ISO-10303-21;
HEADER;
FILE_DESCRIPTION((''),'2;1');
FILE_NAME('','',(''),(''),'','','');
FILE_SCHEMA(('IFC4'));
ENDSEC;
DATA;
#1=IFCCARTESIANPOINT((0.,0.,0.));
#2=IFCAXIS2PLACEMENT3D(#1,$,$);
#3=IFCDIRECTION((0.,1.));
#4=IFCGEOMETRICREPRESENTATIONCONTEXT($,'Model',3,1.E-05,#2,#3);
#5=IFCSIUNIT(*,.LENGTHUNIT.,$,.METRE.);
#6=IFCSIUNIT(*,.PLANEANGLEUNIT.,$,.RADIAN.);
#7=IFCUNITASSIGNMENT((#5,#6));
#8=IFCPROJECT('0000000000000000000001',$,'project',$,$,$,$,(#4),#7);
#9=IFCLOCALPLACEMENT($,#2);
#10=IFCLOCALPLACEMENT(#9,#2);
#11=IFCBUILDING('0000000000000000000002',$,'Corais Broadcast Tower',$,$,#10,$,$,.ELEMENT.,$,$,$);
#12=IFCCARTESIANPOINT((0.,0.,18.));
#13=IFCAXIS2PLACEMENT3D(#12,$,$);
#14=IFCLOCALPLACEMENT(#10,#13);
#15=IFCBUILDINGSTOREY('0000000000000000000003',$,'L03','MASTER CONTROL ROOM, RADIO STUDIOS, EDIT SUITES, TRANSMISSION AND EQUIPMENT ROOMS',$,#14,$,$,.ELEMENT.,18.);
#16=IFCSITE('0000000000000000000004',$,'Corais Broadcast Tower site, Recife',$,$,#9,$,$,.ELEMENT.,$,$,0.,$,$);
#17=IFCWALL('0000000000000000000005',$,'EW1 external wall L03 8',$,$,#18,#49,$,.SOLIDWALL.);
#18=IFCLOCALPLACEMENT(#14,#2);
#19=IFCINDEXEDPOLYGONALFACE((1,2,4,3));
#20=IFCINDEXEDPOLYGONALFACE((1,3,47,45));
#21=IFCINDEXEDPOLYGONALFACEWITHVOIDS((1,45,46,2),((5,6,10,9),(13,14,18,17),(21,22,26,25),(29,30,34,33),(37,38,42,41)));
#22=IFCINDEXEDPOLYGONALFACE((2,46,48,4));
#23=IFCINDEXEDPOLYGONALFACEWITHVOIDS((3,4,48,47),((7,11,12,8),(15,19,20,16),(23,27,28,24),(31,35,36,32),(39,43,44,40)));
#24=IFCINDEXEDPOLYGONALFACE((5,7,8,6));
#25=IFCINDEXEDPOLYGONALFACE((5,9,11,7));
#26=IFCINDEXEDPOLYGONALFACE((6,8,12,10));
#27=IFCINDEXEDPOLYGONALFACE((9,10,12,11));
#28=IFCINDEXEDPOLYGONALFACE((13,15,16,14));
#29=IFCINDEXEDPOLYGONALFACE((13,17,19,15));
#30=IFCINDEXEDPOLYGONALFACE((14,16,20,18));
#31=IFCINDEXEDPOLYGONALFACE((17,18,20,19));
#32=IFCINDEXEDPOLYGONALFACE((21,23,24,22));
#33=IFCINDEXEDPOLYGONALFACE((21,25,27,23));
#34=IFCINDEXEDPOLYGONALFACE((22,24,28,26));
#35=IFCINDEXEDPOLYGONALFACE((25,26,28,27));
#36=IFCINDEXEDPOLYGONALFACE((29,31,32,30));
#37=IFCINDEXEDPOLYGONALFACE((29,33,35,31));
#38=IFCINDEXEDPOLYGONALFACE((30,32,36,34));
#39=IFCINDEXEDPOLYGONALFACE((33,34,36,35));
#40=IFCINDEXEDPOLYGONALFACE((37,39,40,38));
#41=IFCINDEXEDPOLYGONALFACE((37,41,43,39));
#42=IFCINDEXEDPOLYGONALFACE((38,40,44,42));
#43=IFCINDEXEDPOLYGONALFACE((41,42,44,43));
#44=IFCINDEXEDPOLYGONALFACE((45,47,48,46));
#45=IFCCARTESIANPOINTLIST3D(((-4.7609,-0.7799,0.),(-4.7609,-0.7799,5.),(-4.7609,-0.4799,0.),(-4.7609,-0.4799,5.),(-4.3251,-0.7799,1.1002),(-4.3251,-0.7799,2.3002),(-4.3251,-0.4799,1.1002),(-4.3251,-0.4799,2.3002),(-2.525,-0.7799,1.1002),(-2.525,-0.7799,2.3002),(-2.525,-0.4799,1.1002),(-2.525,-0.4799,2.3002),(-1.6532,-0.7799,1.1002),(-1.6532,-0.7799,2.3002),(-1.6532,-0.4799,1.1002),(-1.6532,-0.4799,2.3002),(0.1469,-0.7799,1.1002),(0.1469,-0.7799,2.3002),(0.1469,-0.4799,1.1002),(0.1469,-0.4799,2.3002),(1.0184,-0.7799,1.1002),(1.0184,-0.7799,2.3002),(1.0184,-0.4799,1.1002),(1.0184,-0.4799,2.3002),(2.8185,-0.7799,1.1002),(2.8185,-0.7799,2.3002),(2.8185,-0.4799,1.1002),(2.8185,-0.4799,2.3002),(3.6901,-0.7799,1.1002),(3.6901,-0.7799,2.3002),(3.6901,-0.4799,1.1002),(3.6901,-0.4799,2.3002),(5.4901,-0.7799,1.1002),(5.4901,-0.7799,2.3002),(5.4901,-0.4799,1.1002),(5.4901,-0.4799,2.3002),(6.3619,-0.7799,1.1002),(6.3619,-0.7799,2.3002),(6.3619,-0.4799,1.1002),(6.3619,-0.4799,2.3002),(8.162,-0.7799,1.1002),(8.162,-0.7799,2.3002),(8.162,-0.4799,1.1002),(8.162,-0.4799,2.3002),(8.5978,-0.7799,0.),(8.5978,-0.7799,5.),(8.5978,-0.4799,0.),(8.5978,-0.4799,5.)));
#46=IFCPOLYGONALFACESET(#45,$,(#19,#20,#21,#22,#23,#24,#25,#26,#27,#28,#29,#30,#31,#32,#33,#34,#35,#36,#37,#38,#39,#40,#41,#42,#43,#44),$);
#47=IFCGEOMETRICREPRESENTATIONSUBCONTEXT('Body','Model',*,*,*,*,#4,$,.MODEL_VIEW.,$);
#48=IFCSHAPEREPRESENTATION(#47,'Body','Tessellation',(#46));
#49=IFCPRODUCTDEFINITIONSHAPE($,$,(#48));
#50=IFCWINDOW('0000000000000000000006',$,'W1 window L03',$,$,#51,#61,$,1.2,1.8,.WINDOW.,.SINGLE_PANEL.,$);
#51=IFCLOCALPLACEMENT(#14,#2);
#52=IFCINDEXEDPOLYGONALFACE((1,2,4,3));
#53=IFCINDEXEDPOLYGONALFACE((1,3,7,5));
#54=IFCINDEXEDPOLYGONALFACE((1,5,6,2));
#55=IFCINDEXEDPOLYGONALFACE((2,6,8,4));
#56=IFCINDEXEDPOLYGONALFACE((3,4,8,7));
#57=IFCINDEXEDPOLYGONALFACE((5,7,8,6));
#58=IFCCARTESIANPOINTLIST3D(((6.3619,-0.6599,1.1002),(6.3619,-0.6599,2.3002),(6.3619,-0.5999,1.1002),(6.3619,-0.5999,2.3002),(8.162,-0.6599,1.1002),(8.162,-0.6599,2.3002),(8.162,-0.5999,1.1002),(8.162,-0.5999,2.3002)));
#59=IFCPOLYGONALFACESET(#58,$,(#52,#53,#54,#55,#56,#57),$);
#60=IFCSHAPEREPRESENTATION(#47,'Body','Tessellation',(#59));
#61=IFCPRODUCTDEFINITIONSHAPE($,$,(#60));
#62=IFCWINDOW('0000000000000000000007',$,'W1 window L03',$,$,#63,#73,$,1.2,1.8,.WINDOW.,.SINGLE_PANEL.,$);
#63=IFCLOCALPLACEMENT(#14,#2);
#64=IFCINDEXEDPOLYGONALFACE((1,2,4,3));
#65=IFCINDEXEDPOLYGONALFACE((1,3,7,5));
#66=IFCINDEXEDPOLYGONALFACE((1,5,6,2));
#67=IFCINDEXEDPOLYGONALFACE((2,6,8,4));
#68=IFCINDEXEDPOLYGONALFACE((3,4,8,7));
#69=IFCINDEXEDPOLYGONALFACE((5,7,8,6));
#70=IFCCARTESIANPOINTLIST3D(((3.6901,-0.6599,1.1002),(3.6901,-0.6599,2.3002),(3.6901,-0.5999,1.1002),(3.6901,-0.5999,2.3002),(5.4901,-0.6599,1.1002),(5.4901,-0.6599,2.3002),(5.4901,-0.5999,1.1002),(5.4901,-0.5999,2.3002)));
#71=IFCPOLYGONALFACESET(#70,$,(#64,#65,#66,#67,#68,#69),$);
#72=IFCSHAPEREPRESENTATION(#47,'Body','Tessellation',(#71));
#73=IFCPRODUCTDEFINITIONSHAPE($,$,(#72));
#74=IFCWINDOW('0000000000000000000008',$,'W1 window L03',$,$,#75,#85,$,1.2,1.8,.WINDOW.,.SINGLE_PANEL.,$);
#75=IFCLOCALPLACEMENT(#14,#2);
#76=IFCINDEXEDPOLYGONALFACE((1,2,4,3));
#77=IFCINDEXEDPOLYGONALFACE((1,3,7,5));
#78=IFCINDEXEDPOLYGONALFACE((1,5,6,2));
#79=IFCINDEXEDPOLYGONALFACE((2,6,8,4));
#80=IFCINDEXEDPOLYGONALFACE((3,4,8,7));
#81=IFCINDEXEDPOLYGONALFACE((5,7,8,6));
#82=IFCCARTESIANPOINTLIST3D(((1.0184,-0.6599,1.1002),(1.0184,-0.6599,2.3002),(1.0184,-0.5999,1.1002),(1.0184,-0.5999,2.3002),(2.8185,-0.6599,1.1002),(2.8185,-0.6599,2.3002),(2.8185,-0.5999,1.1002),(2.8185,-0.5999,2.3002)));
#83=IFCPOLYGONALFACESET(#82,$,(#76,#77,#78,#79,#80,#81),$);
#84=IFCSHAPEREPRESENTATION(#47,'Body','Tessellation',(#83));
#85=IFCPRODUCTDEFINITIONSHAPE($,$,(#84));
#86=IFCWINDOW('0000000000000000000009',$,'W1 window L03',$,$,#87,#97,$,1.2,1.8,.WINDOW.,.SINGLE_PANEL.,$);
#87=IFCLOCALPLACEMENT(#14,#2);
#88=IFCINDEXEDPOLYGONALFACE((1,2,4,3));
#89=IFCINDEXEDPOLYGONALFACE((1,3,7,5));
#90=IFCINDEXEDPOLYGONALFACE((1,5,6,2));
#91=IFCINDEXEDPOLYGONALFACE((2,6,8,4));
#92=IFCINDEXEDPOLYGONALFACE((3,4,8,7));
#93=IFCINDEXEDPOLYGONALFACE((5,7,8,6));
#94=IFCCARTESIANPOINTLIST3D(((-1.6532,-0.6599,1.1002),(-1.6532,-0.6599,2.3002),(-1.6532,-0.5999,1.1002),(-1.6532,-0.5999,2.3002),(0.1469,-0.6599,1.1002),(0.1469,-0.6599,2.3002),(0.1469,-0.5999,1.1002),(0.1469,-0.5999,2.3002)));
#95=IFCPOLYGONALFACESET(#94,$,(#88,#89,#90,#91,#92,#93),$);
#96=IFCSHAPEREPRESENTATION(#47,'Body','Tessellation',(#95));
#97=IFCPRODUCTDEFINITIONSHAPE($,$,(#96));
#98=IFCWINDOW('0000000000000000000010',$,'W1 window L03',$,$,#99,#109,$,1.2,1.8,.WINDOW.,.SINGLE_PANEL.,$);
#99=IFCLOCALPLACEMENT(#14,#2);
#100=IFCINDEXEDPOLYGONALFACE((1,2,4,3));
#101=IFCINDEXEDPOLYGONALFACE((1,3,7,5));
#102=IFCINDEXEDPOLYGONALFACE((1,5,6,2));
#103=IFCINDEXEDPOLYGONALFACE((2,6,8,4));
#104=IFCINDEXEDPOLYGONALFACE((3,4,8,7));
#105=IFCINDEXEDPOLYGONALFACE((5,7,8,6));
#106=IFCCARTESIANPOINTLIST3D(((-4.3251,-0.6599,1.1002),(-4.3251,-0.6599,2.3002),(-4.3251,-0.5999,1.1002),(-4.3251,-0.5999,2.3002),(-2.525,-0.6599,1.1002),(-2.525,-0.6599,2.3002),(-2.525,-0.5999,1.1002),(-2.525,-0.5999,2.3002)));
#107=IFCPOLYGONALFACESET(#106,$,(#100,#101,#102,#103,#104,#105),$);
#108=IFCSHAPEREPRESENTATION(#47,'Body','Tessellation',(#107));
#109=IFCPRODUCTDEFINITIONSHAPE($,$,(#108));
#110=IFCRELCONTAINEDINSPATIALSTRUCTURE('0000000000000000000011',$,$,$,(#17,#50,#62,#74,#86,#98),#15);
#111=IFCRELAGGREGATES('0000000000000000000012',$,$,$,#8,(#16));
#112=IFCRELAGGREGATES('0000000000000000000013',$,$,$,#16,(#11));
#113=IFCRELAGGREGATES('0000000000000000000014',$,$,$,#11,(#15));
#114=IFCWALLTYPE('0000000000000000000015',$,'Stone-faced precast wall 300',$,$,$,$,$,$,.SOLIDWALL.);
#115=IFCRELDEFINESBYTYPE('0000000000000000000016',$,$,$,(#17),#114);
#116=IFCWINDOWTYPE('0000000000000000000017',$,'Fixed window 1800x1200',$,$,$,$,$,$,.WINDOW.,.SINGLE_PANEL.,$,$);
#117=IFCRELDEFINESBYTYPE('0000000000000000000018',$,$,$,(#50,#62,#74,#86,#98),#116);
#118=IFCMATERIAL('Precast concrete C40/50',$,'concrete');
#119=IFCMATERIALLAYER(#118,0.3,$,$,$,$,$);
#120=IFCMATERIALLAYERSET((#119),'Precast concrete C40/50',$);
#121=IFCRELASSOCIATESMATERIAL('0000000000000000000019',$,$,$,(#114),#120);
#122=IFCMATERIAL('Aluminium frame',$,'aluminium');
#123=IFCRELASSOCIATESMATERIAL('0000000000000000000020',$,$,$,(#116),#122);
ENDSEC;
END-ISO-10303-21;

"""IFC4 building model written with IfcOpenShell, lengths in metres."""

from ifc_helpers import new_model, si_unit, direction, frame, frame_2d, origin, place, context, subcontext, project, spatial, rectangle, extrude, material, layer, layer_set, type_object, element, fill, save


model = new_model("IFC4")

# Units and contexts
model_context = context("Model", 3, precision=1e-05, world=origin(), true_north=direction((0.0, 1.0)))
body_context = subcontext(model_context, "Body", "Model", "MODEL_VIEW")
ifc_project = project(units=[si_unit("LENGTHUNIT", "METRE"), si_unit("PLANEANGLEUNIT", "RADIAN")], contexts=[model_context])

# Site, building, storey
site_placement = place(None, origin())
site = spatial("IfcSite", under=ifc_project, at=site_placement, Name="Corais Broadcast Tower site, Recife", CompositionType="ELEMENT", RefElevation=0.0)
building_placement = place(site_placement, origin())
building = spatial("IfcBuilding", under=site, at=building_placement, Name="Corais Broadcast Tower", CompositionType="ELEMENT")
storey_placement = place(building_placement, frame((0.0, 0.0, 18.0)))
storey = spatial("IfcBuildingStorey", under=building, at=storey_placement, Name="L03", Description="MASTER CONTROL ROOM, RADIO STUDIOS, EDIT SUITES, TRANSMISSION AND EQUIPMENT ROOMS", CompositionType="ELEMENT", Elevation=18.0)

# Wall, openings, windows
ifc_material_1 = material(Name="Precast concrete C40/50", Category="concrete")
ifc_layer_1 = layer(ifc_material_1, 0.3)
ifc_layer_set_1 = layer_set([ifc_layer_1], Name="Precast concrete C40/50")
wall_type_1 = type_object("IfcWallType", Name="Stone-faced precast wall 300", PredefinedType="SOLIDWALL", material=ifc_layer_set_1)
wall_1_placement = place(storey_placement, frame((8.5977, -0.6299, 0.0), z_axis=(0.0, 0.0, 1.0), x_axis=(-1.0, 0.0, 0.0)))
wall_1 = element("IfcWall", 1, at=wall_1_placement, inside=storey, type_object=wall_type_1, Name="EW1 external wall L03 8", PredefinedType="SOLIDWALL", context=body_context, shape_type="SweptSolid", body=[
    extrude(rectangle(XDim=13.3586, YDim=0.3, at=frame_2d((6.6792, 0.0))), origin(), (0.0, 0.0, 1.0), 5.0),
])
opening_1_placement = place(wall_1_placement, frame((0.4358, 0.0, 1.1001)))
opening_1 = element("IfcOpeningElement", 2, at=opening_1_placement, cuts=wall_1, PredefinedType="OPENING", context=body_context, shape_type="SweptSolid", body=[
    extrude(rectangle(XDim=1.8, YDim=1.2, at=frame_2d((0.8999, 0.6001))), frame((0.0, 0.1599, 0.0), z_axis=(0.0, -1.0, 0.0), x_axis=(1.0, 0.0, 0.0)), (0.0, 0.0, 1.0), 0.3201),
])
opening_2_placement = place(wall_1_placement, frame((3.1077, 0.0, 1.1001)))
opening_2 = element("IfcOpeningElement", 3, at=opening_2_placement, cuts=wall_1, PredefinedType="OPENING", context=body_context, shape_type="SweptSolid", body=[
    extrude(rectangle(XDim=1.8, YDim=1.2, at=frame_2d((0.8999, 0.6001))), frame((0.0, 0.1599, 0.0), z_axis=(0.0, -1.0, 0.0), x_axis=(1.0, 0.0, 0.0)), (0.0, 0.0, 1.0), 0.3201),
])
opening_3_placement = place(wall_1_placement, frame((5.7793, 0.0, 1.1001)))
opening_3 = element("IfcOpeningElement", 4, at=opening_3_placement, cuts=wall_1, PredefinedType="OPENING", context=body_context, shape_type="SweptSolid", body=[
    extrude(rectangle(XDim=1.8, YDim=1.2, at=frame_2d((0.8999, 0.6001))), frame((0.0, 0.1599, 0.0), z_axis=(0.0, -1.0, 0.0), x_axis=(1.0, 0.0, 0.0)), (0.0, 0.0, 1.0), 0.3201),
])
opening_4_placement = place(wall_1_placement, frame((8.4509, 0.0, 1.1001)))
opening_4 = element("IfcOpeningElement", 5, at=opening_4_placement, cuts=wall_1, PredefinedType="OPENING", context=body_context, shape_type="SweptSolid", body=[
    extrude(rectangle(XDim=1.8, YDim=1.2, at=frame_2d((0.8999, 0.6001))), frame((0.0, 0.1599, 0.0), z_axis=(0.0, -1.0, 0.0), x_axis=(1.0, 0.0, 0.0)), (0.0, 0.0, 1.0), 0.3201),
])
opening_5_placement = place(wall_1_placement, frame((11.1228, 0.0, 1.1001)))
opening_5 = element("IfcOpeningElement", 6, at=opening_5_placement, cuts=wall_1, PredefinedType="OPENING", context=body_context, shape_type="SweptSolid", body=[
    extrude(rectangle(XDim=1.8, YDim=1.2, at=frame_2d((0.8999, 0.6001))), frame((0.0, 0.1599, 0.0), z_axis=(0.0, -1.0, 0.0), x_axis=(1.0, 0.0, 0.0)), (0.0, 0.0, 1.0), 0.3201),
])
ifc_material_2 = material(Name="Aluminium frame", Category="aluminium")
window_type = type_object("IfcWindowType", Name="Fixed window 1800x1200", PartitioningType="SINGLE_PANEL", PredefinedType="WINDOW", material=ifc_material_2)
window_1_placement = place(opening_1_placement, origin())
window_1 = element("IfcWindow", 7, at=window_1_placement, inside=storey, type_object=window_type, Name="W1 window L03", OverallHeight=1.2, OverallWidth=1.8, PartitioningType="SINGLE_PANEL", PredefinedType="WINDOW", context=body_context, shape_type="SweptSolid", body=[
    extrude(rectangle(XDim=1.8, YDim=1.2, at=frame_2d((0.8999, 0.6001))), frame((0.0, 0.03, 0.0), z_axis=(0.0, -1.0, 0.0), x_axis=(1.0, 0.0, 0.0)), (0.0, 0.0, 1.0), 0.0601),
])
fill(opening_1, window_1)
window_2_placement = place(opening_2_placement, origin())
window_2 = element("IfcWindow", 8, at=window_2_placement, inside=storey, type_object=window_type, Name="W1 window L03", OverallHeight=1.2, OverallWidth=1.8, PartitioningType="SINGLE_PANEL", PredefinedType="WINDOW", context=body_context, shape_type="SweptSolid", body=[
    extrude(rectangle(XDim=1.8, YDim=1.2, at=frame_2d((0.8999, 0.6001))), frame((0.0, 0.03, 0.0), z_axis=(0.0, -1.0, 0.0), x_axis=(1.0, 0.0, 0.0)), (0.0, 0.0, 1.0), 0.0601),
])
fill(opening_2, window_2)
window_3_placement = place(opening_3_placement, origin())
window_3 = element("IfcWindow", 9, at=window_3_placement, inside=storey, type_object=window_type, Name="W1 window L03", OverallHeight=1.2, OverallWidth=1.8, PartitioningType="SINGLE_PANEL", PredefinedType="WINDOW", context=body_context, shape_type="SweptSolid", body=[
    extrude(rectangle(XDim=1.8, YDim=1.2, at=frame_2d((0.8999, 0.6001))), frame((0.0, 0.03, 0.0), z_axis=(0.0, -1.0, 0.0), x_axis=(1.0, 0.0, 0.0)), (0.0, 0.0, 1.0), 0.0601),
])
fill(opening_3, window_3)
window_4_placement = place(opening_4_placement, origin())
window_4 = element("IfcWindow", 10, at=window_4_placement, inside=storey, type_object=window_type, Name="W1 window L03", OverallHeight=1.2, OverallWidth=1.8, PartitioningType="SINGLE_PANEL", PredefinedType="WINDOW", context=body_context, shape_type="SweptSolid", body=[
    extrude(rectangle(XDim=1.8, YDim=1.2, at=frame_2d((0.8999, 0.6001))), frame((0.0, 0.03, 0.0), z_axis=(0.0, -1.0, 0.0), x_axis=(1.0, 0.0, 0.0)), (0.0, 0.0, 1.0), 0.0601),
])
fill(opening_4, window_4)
window_5_placement = place(opening_5_placement, origin())
window_5 = element("IfcWindow", 11, at=window_5_placement, inside=storey, type_object=window_type, Name="W1 window L03", OverallHeight=1.2, OverallWidth=1.8, PartitioningType="SINGLE_PANEL", PredefinedType="WINDOW", context=body_context, shape_type="SweptSolid", body=[
    extrude(rectangle(XDim=1.8, YDim=1.2, at=frame_2d((0.8999, 0.6001))), frame((0.0, 0.03, 0.0), z_axis=(0.0, -1.0, 0.0), x_axis=(1.0, 0.0, 0.0)), (0.0, 0.0, 1.0), 0.0601),
])
fill(opening_5, window_5)

save(model, "model.ifc")
